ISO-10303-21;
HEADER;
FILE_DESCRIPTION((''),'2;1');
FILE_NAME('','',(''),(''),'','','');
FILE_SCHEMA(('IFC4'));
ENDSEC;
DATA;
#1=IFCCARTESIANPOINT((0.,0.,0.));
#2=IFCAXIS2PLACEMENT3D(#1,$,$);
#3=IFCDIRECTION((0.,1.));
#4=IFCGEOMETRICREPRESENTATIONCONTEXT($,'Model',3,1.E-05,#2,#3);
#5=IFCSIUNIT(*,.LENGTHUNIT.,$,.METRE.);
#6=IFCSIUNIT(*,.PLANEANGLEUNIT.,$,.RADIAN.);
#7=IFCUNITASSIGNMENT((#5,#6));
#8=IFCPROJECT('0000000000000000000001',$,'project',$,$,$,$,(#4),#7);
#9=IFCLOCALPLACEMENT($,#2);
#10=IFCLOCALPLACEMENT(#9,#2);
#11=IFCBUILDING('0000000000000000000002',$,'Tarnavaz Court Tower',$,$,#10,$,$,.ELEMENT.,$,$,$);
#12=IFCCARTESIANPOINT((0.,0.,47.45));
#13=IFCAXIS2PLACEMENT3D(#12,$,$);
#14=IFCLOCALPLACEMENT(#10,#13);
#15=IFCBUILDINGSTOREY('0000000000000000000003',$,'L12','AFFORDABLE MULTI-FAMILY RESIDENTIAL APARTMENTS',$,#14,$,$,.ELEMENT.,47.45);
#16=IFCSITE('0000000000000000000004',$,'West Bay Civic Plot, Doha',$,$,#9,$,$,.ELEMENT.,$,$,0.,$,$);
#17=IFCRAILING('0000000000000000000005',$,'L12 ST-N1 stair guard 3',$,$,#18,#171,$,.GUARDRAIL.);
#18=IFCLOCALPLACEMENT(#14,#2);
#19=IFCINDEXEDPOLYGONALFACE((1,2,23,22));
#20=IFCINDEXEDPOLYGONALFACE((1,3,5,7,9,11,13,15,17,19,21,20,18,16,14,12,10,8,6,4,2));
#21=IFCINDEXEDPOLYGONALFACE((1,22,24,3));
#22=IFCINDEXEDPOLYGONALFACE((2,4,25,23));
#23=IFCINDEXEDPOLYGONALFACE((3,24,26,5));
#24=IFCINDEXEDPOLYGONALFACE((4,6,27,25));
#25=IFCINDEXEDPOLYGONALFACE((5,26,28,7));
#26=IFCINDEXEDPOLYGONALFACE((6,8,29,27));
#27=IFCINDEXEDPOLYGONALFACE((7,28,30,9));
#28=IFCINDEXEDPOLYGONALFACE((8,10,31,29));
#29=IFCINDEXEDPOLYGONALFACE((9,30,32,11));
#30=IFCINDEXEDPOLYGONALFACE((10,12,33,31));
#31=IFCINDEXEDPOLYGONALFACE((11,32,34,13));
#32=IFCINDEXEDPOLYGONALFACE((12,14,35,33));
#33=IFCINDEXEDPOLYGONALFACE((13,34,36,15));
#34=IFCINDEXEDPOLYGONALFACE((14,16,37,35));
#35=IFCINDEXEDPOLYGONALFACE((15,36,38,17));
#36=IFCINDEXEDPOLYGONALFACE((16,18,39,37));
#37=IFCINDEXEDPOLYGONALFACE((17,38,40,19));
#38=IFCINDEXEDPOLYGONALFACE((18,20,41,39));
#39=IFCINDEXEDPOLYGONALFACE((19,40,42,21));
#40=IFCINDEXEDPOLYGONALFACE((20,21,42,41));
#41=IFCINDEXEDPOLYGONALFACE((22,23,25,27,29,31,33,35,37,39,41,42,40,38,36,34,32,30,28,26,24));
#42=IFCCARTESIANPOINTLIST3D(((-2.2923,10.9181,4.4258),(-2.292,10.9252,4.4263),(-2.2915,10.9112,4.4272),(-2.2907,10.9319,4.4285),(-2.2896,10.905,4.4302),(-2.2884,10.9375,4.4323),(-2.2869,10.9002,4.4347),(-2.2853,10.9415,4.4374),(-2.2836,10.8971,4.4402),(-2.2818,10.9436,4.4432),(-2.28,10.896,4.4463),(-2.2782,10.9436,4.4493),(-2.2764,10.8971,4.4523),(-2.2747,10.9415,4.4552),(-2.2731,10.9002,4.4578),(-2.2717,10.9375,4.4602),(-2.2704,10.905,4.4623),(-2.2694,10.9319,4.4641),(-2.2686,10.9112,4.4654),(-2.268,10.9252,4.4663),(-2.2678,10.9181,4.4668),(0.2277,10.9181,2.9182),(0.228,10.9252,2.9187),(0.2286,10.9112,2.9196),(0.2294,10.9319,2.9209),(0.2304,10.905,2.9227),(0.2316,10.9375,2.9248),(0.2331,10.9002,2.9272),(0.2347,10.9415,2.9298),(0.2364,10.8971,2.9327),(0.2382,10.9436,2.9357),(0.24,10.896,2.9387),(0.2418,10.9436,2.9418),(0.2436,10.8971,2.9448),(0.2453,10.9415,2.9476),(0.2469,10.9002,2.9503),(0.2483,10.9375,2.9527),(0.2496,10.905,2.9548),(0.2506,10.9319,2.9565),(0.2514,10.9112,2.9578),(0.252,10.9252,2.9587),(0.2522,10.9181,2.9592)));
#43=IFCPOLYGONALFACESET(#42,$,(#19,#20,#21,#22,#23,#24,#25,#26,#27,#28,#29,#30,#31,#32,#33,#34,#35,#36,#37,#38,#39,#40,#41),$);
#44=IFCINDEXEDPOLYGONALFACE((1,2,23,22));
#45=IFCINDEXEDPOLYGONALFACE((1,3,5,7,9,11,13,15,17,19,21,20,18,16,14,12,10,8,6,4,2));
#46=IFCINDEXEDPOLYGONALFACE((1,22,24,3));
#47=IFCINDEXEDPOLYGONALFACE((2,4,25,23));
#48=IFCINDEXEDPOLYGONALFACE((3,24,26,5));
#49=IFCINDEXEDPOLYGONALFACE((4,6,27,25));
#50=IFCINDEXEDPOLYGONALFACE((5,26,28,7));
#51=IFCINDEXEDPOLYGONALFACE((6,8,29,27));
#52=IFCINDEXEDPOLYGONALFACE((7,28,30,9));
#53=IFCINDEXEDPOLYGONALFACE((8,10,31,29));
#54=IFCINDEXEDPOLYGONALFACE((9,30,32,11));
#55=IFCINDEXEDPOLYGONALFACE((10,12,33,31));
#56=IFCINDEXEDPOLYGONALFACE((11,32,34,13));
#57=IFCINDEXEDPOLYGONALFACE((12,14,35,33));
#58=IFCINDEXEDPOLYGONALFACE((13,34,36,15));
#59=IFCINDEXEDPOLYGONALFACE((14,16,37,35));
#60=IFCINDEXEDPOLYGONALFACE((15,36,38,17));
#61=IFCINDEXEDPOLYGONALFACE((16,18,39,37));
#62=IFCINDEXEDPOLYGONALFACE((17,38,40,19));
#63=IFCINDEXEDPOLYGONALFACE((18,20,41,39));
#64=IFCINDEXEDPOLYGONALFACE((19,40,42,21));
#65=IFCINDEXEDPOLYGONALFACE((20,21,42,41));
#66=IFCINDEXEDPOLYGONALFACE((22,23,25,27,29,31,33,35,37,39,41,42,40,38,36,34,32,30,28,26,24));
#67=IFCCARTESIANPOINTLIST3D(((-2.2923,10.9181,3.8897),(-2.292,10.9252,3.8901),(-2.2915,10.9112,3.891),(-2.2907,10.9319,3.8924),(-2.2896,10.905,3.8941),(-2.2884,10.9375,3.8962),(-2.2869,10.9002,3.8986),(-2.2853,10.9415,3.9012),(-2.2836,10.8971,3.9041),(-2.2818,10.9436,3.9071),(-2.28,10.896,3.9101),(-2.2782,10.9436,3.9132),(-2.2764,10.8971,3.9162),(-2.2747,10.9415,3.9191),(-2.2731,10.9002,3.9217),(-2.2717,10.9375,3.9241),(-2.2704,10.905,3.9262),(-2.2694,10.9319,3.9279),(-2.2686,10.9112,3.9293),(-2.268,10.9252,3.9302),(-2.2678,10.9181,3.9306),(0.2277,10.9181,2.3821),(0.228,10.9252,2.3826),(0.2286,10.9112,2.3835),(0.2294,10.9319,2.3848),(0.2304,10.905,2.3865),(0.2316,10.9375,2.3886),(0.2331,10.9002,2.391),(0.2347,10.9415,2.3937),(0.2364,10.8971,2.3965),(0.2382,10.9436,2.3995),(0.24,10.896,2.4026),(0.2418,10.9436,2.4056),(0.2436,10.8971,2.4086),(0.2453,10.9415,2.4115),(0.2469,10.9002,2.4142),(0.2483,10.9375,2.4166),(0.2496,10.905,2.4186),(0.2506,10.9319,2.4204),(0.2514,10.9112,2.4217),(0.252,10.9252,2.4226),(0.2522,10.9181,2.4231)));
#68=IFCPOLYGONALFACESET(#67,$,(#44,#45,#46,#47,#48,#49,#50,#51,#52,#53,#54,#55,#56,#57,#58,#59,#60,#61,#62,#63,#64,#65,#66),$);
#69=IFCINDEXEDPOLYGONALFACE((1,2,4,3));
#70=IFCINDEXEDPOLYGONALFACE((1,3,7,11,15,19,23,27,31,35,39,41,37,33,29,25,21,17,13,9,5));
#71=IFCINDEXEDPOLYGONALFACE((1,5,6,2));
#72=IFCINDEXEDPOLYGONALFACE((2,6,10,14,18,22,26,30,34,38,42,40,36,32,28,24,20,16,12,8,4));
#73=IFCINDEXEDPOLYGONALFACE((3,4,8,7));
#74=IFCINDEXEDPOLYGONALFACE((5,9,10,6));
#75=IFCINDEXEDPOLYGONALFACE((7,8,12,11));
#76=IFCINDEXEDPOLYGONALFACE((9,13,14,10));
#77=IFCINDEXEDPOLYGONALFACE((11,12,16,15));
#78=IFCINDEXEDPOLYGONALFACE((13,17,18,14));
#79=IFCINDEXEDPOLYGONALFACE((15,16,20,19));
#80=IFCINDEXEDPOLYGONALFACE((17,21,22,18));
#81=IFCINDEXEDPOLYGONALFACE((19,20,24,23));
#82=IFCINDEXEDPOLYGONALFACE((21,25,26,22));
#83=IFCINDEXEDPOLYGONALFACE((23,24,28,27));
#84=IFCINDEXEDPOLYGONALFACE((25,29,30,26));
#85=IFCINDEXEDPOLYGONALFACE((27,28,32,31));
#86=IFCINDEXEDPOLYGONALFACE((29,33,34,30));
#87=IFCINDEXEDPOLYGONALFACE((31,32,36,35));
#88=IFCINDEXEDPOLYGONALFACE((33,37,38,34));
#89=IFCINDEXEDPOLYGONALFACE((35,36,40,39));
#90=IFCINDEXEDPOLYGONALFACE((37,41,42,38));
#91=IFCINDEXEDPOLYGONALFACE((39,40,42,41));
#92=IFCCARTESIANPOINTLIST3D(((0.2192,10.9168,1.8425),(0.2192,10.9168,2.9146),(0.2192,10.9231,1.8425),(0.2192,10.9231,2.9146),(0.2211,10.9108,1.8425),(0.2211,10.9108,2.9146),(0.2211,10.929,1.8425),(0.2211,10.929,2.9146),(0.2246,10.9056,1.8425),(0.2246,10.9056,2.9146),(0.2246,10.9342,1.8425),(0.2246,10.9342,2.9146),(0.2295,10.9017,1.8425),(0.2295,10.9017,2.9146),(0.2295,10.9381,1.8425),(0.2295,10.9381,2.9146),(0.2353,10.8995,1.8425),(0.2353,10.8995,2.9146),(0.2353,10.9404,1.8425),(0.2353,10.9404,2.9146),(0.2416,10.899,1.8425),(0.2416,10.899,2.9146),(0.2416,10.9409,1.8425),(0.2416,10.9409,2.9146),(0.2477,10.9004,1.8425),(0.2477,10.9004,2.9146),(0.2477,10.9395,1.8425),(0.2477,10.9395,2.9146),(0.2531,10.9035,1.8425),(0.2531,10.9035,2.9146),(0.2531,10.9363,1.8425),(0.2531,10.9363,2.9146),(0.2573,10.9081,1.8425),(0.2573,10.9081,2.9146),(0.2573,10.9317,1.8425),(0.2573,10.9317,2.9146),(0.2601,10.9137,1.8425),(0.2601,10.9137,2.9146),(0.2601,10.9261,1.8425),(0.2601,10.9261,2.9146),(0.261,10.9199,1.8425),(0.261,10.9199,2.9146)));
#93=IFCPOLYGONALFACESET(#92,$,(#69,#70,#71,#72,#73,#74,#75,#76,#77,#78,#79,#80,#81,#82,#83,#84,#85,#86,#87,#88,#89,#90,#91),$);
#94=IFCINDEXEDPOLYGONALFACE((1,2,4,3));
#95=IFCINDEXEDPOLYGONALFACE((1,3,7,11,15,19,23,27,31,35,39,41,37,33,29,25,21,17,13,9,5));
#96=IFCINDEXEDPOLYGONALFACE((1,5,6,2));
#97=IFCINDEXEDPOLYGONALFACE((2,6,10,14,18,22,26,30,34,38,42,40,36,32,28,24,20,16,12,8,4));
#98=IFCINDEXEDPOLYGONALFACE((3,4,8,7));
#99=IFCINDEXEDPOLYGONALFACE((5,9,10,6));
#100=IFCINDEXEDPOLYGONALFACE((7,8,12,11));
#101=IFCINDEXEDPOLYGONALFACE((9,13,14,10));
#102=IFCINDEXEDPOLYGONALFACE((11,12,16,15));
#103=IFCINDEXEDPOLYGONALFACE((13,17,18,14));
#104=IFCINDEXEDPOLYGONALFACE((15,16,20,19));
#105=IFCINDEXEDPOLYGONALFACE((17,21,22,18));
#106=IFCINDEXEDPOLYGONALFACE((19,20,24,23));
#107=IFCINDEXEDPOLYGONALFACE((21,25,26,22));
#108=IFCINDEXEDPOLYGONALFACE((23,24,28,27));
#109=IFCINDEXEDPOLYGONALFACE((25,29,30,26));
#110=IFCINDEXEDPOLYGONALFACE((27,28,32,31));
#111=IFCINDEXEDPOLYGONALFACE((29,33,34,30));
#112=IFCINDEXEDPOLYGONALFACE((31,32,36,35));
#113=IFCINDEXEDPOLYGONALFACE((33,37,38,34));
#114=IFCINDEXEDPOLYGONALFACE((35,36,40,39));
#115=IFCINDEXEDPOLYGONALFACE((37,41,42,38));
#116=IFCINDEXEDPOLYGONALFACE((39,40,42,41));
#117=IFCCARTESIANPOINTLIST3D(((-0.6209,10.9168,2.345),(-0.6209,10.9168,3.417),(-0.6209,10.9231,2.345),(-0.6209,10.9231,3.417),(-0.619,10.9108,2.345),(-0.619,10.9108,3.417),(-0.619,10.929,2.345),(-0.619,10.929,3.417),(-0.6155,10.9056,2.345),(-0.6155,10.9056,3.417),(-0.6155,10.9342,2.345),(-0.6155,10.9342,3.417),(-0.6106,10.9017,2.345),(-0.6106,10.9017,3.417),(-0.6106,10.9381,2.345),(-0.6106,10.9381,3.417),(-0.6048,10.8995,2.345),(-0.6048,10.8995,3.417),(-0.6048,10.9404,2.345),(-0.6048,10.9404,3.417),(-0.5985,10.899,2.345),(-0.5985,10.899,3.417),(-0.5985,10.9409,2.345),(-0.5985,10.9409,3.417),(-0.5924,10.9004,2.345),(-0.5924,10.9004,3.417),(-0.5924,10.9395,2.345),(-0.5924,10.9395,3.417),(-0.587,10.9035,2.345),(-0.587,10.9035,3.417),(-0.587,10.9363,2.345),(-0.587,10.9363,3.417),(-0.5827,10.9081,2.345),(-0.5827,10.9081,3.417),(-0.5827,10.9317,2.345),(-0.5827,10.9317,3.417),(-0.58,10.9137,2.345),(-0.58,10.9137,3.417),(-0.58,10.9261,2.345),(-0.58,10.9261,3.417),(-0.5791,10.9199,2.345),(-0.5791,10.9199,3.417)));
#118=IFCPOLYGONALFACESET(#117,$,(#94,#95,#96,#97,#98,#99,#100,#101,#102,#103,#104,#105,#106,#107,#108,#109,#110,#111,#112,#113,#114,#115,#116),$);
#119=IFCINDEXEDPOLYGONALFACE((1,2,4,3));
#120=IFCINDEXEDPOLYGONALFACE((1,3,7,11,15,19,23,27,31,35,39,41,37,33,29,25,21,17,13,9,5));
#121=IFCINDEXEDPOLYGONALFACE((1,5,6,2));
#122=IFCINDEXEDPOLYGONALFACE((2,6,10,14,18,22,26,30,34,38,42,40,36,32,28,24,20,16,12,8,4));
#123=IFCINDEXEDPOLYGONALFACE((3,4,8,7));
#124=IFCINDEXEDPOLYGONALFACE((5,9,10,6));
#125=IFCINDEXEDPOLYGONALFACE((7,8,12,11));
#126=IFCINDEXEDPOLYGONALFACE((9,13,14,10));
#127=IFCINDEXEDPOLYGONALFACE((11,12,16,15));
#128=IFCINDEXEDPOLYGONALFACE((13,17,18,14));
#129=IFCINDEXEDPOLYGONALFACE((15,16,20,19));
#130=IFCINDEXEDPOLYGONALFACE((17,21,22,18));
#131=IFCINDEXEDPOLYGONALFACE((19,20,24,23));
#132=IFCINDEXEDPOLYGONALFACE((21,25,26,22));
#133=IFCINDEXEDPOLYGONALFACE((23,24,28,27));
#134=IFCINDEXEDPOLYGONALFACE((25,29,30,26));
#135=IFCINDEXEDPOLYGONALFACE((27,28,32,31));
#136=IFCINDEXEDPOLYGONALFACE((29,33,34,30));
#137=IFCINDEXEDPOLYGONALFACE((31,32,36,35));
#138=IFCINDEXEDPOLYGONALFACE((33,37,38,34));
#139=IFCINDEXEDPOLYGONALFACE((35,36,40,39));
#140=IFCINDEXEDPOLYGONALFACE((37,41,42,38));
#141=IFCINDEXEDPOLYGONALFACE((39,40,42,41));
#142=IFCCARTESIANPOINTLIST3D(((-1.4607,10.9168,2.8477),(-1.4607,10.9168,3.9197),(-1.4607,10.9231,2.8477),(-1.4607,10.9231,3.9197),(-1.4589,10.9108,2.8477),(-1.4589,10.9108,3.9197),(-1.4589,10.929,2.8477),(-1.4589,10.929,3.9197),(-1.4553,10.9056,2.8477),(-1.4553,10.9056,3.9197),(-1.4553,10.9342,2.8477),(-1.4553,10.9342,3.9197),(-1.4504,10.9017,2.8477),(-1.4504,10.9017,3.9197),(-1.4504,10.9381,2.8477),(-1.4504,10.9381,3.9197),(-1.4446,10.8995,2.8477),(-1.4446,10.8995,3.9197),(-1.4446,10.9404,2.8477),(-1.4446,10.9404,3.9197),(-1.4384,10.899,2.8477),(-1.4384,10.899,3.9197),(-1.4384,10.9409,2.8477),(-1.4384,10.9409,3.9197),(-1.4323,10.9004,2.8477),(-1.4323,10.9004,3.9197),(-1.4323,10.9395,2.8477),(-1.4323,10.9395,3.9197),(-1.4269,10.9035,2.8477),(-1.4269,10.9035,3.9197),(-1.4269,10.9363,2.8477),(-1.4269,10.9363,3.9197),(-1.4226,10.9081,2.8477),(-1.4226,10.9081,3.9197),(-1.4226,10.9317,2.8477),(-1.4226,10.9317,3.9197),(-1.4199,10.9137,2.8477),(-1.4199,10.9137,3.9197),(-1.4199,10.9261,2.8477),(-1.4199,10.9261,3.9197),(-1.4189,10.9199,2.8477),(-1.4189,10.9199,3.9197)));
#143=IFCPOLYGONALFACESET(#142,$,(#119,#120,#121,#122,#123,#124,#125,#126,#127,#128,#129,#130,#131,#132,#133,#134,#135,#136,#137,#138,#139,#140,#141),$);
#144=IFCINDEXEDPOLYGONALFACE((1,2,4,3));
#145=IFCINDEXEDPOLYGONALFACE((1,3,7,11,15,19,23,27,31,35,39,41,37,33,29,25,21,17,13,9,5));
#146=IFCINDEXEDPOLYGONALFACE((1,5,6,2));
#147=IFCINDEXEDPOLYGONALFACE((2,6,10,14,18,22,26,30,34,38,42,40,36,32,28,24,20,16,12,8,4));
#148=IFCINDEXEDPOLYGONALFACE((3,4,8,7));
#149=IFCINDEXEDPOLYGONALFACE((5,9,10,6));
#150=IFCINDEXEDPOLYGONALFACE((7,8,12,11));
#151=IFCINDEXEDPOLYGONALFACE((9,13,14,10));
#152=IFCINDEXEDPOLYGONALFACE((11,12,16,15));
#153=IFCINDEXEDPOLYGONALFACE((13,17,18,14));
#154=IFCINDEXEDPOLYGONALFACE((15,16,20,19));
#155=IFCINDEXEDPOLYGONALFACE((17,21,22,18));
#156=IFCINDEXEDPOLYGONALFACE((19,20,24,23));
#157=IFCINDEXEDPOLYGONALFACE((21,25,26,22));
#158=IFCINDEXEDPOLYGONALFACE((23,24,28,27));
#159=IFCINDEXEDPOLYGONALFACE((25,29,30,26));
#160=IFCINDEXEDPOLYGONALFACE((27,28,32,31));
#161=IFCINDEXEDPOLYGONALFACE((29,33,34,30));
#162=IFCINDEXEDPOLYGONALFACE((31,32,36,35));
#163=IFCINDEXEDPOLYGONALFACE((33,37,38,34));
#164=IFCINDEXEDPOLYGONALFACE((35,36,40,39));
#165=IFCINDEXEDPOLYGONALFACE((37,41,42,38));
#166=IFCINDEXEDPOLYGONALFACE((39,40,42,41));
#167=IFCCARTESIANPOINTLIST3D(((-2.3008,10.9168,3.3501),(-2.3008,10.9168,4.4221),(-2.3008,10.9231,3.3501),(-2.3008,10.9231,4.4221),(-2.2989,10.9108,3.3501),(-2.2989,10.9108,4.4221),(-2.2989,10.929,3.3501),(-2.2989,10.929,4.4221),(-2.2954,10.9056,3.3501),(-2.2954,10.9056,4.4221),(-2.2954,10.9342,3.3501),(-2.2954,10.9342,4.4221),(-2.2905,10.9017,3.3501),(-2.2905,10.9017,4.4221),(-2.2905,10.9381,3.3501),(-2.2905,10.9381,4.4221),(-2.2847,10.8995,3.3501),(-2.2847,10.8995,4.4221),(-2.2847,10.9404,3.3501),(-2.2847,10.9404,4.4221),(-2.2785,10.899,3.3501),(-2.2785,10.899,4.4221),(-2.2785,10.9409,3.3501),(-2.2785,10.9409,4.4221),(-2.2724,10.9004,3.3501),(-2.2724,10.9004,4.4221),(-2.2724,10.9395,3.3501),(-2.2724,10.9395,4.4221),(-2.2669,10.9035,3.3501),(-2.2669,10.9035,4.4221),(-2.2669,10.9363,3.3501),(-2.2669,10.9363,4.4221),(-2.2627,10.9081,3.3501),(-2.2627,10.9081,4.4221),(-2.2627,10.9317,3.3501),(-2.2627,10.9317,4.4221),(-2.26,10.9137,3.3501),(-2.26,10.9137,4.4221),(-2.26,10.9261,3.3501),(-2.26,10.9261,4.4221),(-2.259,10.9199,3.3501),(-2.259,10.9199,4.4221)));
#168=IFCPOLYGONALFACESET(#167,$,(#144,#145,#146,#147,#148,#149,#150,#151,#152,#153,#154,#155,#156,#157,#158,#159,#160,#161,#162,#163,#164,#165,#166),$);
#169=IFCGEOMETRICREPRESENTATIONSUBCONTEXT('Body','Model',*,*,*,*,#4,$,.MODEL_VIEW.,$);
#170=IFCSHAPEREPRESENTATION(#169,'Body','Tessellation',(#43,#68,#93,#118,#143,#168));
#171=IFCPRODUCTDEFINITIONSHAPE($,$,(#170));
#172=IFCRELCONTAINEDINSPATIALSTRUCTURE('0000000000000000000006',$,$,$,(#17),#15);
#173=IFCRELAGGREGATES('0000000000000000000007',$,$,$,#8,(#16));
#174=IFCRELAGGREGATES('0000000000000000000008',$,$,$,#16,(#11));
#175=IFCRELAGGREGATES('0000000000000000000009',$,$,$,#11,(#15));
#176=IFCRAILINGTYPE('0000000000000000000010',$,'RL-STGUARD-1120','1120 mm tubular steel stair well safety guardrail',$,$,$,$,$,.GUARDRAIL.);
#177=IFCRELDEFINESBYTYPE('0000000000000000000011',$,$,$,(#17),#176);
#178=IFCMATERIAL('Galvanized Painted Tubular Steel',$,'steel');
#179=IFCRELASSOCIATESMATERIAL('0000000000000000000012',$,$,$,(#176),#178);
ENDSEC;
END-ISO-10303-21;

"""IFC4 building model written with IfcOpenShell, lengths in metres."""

from ifc_helpers import new_model, si_unit, direction, frame, origin, origin_2d, place, context, subcontext, project, spatial, circle, extrude, material, type_object, element, save


model = new_model("IFC4")

# Units and contexts
model_context = context("Model", 3, precision=1e-05, world=origin(), true_north=direction((0.0, 1.0)))
body_context = subcontext(model_context, "Body", "Model", "MODEL_VIEW")
ifc_project = project(units=[si_unit("LENGTHUNIT", "METRE"), si_unit("PLANEANGLEUNIT", "RADIAN")], contexts=[model_context])

# Site, building, storey
site_placement = place(None, origin())
site = spatial("IfcSite", under=ifc_project, at=site_placement, Name="West Bay Civic Plot, Doha", CompositionType="ELEMENT", RefElevation=0.0)
building_placement = place(site_placement, origin())
building = spatial("IfcBuilding", under=site, at=building_placement, Name="Tarnavaz Court Tower", CompositionType="ELEMENT")
storey_placement = place(building_placement, frame((0.0, 0.0, 47.45)))
storey = spatial("IfcBuildingStorey", under=building, at=storey_placement, Name="L12", Description="AFFORDABLE MULTI-FAMILY RESIDENTIAL APARTMENTS", CompositionType="ELEMENT", Elevation=47.45)

# Railing
ifc_material_1 = material(Name="Galvanized Painted Tubular Steel", Category="steel")
railing_type_1 = type_object("IfcRailingType", Name="RL-STGUARD-1120", Description="1120 mm tubular steel stair well safety guardrail", PredefinedType="GUARDRAIL", material=ifc_material_1)
railing_1_placement = place(storey_placement, frame((0.24, 10.9199, 1.8425)))
element("IfcRailing", 1, at=railing_1_placement, inside=storey, type_object=railing_type_1, Name="L12 ST-N1 stair guard 3", PredefinedType="GUARDRAIL", context=body_context, shape_type="SweptSolid", body=[
    extrude(circle(Radius=0.0239, at=origin_2d()), frame((0.0, 0.0, 1.0962), z_axis=(-0.85816, 0.0, 0.513383), x_axis=(0.0, -1.0, 0.0)), (0.0, 0.0, 1.0), 2.9365),
    extrude(circle(Radius=0.0239, at=origin_2d()), frame((0.0, 0.0, 0.5601), z_axis=(-0.85816, 0.0, 0.513383), x_axis=(0.0, -1.0, 0.0)), (0.0, 0.0, 1.0), 2.9365),
    extrude(circle(Radius=0.021, at=origin_2d()), origin(), (0.0, 0.0, 1.0), 1.072),
    extrude(circle(Radius=0.021, at=origin_2d()), frame((-0.8401, 0.0, 0.5024)), (0.0, 0.0, 1.0), 1.072),
    extrude(circle(Radius=0.021, at=origin_2d()), frame((-1.6799, 0.0, 1.0051)), (0.0, 0.0, 1.0), 1.072),
    extrude(circle(Radius=0.021, at=origin_2d()), frame((-2.52, 0.0, 1.5076)), (0.0, 0.0, 1.0), 1.072),
])

save(model, "model.ifc")
